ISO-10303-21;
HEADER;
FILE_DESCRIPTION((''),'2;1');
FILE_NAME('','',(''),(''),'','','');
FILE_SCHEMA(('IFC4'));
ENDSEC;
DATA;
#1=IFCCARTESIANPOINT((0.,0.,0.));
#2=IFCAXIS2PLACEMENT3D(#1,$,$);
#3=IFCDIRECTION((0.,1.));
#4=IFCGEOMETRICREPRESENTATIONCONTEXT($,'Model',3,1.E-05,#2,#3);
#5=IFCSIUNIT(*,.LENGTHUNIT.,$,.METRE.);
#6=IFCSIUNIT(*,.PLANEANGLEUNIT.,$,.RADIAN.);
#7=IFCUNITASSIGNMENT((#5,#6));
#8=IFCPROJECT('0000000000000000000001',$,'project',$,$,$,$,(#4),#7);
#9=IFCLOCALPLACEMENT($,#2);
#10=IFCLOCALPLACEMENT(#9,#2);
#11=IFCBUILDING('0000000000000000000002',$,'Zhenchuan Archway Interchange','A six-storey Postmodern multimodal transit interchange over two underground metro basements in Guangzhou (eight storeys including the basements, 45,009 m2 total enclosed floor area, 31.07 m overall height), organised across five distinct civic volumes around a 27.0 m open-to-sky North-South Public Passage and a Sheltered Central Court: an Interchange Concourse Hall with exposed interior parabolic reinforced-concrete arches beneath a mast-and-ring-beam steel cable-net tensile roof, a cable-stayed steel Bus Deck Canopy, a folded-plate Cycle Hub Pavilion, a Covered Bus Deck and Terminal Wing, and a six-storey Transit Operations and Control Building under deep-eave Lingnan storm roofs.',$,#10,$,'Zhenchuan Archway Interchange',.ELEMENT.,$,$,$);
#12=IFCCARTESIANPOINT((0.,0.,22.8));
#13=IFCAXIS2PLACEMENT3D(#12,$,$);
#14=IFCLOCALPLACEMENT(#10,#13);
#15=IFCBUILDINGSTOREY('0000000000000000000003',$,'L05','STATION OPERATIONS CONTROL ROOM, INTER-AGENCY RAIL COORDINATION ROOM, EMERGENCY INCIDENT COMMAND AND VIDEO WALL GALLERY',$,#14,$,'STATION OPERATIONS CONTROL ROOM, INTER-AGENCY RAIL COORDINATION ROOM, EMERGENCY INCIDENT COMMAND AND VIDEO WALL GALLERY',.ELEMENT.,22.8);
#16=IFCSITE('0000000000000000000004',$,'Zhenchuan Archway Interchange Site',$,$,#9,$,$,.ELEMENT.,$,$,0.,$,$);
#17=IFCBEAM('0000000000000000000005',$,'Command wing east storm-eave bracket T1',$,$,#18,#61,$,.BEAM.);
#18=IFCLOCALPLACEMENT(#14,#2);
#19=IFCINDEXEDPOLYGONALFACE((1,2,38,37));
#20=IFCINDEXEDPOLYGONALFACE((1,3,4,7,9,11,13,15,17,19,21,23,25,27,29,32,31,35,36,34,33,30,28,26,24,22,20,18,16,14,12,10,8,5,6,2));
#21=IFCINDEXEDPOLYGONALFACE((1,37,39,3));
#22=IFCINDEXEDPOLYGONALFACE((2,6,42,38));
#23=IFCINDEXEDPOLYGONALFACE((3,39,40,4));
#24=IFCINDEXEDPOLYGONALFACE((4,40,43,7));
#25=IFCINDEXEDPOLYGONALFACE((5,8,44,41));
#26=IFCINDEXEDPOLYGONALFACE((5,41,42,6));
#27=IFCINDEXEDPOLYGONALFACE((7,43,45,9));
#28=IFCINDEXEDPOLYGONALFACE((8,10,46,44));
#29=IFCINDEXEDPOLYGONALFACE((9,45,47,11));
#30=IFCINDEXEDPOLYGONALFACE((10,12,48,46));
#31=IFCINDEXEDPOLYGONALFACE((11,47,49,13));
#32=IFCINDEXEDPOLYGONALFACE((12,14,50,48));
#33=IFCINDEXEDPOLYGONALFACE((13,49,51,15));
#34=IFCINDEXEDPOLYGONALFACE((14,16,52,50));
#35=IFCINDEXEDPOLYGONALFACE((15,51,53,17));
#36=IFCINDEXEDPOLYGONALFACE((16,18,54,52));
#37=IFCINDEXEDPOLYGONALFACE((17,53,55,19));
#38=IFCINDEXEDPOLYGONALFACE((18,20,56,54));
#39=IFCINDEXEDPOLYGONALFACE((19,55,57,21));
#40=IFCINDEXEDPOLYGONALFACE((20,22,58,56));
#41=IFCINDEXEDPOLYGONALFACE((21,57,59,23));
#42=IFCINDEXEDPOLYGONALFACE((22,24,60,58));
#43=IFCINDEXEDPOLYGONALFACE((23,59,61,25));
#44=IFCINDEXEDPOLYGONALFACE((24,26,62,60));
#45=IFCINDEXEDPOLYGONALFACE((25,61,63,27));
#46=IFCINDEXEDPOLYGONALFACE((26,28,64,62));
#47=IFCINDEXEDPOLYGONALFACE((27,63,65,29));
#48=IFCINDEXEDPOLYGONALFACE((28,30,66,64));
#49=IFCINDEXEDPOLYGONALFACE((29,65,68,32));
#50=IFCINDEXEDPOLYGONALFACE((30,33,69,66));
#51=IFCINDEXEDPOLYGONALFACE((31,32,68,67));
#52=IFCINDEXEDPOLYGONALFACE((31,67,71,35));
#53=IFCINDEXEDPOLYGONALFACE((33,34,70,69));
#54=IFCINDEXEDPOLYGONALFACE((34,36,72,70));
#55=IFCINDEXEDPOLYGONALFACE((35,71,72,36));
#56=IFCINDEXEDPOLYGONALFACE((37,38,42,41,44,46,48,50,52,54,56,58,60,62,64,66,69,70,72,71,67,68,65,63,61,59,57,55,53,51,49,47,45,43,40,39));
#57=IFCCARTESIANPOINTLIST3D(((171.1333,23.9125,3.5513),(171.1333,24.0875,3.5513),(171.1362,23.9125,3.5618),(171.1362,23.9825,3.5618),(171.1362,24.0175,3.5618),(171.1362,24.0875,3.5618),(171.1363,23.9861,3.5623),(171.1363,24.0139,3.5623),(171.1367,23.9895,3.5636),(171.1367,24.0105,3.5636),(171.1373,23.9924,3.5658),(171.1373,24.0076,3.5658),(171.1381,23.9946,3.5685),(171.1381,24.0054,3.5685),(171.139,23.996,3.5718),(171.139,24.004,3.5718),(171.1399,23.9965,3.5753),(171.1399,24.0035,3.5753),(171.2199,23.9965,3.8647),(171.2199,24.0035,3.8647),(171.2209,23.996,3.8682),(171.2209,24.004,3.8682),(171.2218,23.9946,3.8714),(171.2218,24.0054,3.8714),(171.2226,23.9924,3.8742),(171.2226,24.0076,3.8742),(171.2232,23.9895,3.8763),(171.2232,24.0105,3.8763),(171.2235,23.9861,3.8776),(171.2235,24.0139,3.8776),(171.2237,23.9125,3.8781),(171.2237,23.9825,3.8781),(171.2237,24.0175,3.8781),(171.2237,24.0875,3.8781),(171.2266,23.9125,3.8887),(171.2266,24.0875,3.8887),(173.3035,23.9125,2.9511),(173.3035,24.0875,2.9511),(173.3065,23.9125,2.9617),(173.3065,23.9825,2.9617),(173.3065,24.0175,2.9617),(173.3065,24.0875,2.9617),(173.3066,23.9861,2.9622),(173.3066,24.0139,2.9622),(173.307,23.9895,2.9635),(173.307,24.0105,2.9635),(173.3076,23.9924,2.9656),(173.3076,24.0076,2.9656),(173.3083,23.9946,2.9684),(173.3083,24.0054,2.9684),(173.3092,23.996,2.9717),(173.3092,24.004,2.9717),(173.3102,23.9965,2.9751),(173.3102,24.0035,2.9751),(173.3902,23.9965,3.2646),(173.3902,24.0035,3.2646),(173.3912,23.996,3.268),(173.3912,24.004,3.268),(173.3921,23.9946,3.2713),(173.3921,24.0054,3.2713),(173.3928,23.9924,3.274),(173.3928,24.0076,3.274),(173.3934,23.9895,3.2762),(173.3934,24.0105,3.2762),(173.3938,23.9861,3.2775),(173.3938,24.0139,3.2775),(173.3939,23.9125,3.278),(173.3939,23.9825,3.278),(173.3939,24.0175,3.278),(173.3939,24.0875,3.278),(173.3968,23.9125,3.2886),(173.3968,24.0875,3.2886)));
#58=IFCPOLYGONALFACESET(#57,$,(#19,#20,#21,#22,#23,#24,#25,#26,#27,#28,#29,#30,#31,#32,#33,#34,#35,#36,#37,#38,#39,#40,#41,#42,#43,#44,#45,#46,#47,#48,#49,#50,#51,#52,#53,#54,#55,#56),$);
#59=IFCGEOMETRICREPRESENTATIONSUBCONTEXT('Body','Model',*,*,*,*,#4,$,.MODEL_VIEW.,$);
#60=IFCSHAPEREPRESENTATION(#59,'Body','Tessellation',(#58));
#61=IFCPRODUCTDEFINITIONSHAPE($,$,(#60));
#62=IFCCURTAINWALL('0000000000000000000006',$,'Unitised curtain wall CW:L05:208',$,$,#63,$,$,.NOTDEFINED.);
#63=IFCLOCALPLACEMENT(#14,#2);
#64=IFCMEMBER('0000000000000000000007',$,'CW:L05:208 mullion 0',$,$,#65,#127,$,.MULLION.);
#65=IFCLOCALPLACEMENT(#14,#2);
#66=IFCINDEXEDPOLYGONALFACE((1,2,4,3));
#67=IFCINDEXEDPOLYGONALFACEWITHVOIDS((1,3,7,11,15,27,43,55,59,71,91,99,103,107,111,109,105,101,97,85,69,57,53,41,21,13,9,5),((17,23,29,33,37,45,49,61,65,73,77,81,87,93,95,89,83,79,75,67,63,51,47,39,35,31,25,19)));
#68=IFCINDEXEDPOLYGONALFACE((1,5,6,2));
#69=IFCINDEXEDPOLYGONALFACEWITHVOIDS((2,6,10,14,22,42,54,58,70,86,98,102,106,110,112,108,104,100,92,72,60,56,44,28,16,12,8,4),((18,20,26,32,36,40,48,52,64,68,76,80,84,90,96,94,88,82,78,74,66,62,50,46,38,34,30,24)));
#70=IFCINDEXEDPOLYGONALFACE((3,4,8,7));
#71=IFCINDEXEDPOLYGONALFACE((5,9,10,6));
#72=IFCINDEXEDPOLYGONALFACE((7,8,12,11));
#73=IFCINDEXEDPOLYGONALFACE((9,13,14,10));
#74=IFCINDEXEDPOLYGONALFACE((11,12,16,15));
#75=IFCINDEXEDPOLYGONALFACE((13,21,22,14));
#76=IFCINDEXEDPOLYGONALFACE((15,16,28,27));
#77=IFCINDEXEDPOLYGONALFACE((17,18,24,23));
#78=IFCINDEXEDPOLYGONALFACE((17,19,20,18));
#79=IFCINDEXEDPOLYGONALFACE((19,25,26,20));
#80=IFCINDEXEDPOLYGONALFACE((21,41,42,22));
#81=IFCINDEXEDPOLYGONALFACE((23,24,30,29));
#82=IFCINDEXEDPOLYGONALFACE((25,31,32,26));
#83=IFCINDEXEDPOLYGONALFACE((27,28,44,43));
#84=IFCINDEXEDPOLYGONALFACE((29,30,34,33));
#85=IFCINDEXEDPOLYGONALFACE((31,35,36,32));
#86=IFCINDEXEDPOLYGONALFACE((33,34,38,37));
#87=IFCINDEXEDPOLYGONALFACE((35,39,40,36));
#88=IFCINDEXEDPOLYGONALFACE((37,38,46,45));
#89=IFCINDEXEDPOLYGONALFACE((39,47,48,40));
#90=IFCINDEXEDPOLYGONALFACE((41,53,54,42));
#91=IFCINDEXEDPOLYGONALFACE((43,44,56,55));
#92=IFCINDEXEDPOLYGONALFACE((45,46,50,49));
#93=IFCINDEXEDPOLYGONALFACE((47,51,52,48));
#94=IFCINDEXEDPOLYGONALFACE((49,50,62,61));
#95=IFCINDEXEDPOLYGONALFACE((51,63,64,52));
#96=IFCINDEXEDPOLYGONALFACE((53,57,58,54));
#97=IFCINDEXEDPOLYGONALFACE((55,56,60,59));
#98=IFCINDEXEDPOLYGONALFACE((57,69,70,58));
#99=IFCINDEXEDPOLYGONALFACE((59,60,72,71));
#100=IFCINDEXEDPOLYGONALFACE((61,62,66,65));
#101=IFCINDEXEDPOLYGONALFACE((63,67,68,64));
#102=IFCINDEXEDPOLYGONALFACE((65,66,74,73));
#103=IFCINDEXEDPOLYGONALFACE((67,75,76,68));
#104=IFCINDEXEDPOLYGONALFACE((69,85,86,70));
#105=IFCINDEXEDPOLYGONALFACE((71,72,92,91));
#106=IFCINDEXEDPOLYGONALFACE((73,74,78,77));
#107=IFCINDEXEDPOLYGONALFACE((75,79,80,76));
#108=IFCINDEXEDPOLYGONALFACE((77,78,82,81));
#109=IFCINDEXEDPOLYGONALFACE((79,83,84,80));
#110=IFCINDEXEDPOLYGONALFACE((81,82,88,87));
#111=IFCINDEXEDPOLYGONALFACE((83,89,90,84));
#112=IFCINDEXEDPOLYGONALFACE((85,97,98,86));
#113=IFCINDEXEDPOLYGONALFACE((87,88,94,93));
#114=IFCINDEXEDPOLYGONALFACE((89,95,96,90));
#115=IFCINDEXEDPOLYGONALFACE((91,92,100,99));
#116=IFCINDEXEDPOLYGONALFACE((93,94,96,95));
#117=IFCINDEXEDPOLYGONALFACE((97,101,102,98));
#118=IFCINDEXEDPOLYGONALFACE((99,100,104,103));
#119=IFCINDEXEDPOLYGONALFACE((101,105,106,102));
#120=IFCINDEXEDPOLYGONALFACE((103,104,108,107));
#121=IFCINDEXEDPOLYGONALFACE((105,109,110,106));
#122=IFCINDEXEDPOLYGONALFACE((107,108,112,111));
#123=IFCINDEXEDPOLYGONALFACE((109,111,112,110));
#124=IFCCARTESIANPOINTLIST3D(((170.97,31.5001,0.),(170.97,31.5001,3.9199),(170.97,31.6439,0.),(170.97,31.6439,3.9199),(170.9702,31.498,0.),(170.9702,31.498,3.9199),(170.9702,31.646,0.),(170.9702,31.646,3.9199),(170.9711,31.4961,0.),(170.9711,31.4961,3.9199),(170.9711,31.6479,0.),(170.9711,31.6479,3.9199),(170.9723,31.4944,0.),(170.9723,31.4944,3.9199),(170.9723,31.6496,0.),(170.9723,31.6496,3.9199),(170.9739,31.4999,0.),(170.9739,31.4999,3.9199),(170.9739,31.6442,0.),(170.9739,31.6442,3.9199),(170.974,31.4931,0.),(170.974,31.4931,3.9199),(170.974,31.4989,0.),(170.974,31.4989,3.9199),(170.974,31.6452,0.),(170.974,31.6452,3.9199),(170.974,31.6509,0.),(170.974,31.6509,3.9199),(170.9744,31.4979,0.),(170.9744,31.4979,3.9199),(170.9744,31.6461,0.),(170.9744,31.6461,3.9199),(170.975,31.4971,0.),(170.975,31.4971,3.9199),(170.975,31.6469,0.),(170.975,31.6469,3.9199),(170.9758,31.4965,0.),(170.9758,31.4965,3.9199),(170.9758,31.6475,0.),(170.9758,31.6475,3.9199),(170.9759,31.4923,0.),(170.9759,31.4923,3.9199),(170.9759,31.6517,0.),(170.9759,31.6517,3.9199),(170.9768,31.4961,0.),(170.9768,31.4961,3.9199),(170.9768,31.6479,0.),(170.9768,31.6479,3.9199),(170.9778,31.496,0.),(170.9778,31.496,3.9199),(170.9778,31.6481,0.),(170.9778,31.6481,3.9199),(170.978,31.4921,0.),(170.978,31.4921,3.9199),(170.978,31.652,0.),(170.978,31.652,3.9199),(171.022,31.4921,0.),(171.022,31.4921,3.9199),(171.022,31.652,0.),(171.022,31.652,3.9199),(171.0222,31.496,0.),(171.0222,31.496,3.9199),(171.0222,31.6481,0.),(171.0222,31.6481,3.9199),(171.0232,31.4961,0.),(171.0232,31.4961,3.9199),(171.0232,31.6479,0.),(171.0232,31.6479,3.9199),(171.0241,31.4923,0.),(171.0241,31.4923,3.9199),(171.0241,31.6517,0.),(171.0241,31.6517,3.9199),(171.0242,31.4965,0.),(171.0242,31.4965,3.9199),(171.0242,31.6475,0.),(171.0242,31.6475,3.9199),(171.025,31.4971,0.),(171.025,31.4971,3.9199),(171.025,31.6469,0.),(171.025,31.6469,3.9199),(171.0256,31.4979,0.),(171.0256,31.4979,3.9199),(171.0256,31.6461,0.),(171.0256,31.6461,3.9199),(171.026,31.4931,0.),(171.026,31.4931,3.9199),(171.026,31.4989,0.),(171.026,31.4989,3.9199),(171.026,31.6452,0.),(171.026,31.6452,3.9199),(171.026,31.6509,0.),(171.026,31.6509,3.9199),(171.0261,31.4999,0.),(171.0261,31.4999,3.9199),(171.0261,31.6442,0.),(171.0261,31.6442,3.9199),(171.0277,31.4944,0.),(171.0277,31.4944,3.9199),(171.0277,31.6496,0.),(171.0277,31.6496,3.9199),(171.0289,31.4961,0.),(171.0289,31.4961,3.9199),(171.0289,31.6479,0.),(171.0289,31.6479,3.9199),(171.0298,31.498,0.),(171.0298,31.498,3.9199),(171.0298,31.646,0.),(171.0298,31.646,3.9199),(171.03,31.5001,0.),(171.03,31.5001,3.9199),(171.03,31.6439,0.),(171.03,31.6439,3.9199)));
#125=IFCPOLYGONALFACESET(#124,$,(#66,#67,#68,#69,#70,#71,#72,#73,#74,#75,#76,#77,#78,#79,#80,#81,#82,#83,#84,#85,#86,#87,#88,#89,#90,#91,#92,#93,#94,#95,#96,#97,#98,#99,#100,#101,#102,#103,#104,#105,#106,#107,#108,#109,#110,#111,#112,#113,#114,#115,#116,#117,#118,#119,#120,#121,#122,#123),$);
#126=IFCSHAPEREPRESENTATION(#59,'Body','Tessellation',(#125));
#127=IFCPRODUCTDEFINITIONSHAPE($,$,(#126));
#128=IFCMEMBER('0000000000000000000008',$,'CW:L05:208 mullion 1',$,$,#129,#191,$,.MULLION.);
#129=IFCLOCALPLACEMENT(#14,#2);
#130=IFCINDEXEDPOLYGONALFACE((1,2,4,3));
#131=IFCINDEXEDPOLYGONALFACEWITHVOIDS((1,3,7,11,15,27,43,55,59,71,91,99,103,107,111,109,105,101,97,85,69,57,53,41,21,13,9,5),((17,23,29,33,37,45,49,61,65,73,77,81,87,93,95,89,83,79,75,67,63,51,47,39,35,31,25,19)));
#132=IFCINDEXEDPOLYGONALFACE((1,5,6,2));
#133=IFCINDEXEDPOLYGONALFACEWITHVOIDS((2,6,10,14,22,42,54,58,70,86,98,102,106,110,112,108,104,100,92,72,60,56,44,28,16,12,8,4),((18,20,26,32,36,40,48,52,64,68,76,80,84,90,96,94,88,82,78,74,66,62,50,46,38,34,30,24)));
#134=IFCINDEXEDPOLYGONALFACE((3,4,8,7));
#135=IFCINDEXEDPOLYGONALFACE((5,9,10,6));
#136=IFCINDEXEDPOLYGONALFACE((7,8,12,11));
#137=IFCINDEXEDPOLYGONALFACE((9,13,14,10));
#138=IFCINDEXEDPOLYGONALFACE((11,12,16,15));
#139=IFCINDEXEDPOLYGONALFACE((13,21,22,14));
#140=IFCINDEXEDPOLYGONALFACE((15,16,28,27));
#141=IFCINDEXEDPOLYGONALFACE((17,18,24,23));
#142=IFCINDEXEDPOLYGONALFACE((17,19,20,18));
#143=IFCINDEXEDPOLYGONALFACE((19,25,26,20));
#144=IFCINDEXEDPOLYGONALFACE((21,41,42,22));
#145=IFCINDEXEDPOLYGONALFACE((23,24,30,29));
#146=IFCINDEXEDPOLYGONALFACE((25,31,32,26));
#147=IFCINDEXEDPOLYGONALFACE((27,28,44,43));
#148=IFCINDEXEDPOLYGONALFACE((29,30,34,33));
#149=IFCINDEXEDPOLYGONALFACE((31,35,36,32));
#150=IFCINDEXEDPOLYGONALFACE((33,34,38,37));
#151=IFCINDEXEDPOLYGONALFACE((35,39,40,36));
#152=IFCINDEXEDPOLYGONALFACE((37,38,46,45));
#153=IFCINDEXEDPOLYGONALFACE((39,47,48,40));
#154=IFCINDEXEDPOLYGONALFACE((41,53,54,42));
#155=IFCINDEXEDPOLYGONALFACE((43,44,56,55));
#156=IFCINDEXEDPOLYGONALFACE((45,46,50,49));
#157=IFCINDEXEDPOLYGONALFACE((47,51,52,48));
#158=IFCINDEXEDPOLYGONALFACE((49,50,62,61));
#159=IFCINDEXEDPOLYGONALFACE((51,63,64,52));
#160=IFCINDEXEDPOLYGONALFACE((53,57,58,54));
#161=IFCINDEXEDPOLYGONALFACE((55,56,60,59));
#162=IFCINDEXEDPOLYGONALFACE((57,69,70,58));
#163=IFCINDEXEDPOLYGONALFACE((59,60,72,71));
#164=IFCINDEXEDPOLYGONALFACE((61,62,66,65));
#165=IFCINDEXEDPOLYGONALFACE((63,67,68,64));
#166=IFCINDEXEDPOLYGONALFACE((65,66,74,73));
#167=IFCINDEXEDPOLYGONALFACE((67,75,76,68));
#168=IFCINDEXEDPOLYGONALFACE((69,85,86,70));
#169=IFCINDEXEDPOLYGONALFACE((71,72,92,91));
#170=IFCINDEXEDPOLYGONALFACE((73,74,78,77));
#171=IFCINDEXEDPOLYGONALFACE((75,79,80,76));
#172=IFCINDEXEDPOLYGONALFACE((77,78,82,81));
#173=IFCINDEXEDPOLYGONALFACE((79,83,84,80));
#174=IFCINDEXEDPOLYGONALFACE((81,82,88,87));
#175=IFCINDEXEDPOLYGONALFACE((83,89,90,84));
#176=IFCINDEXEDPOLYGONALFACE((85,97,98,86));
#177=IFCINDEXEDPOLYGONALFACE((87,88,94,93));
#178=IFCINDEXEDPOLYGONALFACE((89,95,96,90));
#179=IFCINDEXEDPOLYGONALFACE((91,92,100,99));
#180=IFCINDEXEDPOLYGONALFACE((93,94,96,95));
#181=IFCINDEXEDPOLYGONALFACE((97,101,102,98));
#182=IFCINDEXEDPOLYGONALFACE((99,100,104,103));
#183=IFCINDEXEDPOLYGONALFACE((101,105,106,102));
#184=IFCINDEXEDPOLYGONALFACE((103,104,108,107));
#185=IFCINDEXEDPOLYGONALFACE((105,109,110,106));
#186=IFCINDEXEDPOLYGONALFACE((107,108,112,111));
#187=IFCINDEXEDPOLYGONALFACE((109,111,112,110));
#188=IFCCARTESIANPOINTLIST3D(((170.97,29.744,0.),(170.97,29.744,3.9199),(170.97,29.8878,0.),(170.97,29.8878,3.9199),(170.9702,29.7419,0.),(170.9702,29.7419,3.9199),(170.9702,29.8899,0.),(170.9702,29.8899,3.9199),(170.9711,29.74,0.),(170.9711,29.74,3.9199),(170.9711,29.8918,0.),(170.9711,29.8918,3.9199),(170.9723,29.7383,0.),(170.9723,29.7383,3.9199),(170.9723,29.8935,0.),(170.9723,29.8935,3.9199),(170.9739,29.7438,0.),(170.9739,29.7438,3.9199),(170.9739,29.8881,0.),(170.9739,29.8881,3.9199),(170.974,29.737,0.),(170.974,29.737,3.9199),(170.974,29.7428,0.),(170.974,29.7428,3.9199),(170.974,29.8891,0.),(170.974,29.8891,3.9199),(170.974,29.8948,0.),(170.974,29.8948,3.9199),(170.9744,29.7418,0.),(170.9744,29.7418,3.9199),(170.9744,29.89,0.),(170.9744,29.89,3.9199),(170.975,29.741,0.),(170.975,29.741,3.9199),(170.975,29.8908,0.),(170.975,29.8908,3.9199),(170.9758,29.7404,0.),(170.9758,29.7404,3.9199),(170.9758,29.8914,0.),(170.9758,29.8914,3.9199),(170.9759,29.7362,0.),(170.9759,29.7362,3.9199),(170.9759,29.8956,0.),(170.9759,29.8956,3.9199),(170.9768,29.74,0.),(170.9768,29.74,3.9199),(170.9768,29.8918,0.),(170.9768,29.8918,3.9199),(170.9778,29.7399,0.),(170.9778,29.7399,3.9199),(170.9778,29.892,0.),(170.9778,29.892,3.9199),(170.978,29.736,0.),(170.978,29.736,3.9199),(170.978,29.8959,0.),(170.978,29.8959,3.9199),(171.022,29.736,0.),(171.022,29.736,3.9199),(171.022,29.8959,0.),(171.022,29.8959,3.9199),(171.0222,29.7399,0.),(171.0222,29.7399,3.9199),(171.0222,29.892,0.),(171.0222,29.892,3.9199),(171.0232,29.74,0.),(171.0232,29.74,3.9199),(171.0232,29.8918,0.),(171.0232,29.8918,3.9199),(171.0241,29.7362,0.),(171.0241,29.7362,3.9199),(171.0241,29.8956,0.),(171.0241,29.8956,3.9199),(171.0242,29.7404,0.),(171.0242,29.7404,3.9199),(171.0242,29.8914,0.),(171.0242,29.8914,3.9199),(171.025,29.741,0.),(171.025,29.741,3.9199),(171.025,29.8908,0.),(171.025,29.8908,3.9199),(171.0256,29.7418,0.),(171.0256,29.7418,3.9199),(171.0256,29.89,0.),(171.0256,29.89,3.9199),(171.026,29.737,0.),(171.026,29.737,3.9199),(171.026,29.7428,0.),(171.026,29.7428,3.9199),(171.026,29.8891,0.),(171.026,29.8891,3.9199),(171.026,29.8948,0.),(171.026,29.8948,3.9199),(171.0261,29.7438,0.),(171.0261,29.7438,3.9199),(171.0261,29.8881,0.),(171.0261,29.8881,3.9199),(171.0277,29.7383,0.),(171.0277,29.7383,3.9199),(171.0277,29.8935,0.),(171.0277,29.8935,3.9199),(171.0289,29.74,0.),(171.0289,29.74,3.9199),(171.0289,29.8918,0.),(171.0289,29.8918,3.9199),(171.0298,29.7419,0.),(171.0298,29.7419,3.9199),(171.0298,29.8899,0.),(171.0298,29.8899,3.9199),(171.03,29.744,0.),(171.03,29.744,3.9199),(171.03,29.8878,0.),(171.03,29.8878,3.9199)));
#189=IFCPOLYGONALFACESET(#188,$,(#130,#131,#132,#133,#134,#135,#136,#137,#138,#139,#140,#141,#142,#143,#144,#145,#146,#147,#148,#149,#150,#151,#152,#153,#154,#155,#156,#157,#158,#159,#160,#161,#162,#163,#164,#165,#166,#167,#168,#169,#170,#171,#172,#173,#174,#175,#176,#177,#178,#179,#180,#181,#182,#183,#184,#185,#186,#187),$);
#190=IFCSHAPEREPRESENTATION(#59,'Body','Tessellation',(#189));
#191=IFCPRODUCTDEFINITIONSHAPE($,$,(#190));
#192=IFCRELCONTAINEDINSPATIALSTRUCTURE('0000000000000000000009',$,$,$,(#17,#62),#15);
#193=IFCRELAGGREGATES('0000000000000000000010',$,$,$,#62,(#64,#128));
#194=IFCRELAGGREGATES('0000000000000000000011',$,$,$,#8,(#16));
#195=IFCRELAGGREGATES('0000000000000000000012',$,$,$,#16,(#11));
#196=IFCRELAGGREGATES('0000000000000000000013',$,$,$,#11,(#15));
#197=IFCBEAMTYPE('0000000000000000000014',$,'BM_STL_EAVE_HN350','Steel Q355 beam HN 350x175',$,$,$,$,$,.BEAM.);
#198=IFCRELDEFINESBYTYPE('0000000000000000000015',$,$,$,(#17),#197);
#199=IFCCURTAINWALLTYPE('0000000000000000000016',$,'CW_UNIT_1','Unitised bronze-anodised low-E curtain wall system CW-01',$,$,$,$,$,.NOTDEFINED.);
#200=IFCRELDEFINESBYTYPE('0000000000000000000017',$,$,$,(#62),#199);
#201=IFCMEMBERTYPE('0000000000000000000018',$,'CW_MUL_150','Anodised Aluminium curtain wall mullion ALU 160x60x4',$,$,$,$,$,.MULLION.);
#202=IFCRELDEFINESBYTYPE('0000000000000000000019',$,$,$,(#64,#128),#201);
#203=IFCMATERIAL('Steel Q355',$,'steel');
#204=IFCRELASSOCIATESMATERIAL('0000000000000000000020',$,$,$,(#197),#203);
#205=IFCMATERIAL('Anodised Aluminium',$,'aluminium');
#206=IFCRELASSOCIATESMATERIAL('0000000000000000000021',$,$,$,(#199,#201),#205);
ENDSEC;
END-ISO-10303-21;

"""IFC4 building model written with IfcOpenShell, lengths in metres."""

from ifc_helpers import new_model, si_unit, direction, frame, origin, origin_2d, place, context, subcontext, project, spatial, hollow_rectangle, i_section, extrude, material, material_profile, profile_set, type_object, element, aggregate, save


model = new_model("IFC4")

# Units and contexts
model_context = context("Model", 3, precision=1e-05, world=origin(), true_north=direction((0.0, 1.0)))
body_context = subcontext(model_context, "Body", "Model", "MODEL_VIEW")
ifc_project = project(units=[si_unit("LENGTHUNIT", "METRE"), si_unit("PLANEANGLEUNIT", "RADIAN")], contexts=[model_context])

# Site, building, storey
site_placement = place(None, origin())
site = spatial("IfcSite", under=ifc_project, at=site_placement, Name="Zhenchuan Archway Interchange Site", CompositionType="ELEMENT", RefElevation=0.0)
building_placement = place(site_placement, origin())
building = spatial("IfcBuilding", under=site, at=building_placement, Name="Zhenchuan Archway Interchange", Description="A six-storey Postmodern multimodal transit interchange over two underground metro basements in Guangzhou (eight storeys including the basements, 45,009 m2 total enclosed floor area, 31.07 m overall height), organised across five distinct civic volumes around a 27.0 m open-to-sky North-South Public Passage and a Sheltered Central Court: an Interchange Concourse Hall with exposed interior parabolic reinforced-concrete arches beneath a mast-and-ring-beam steel cable-net tensile roof, a cable-stayed steel Bus Deck Canopy, a folded-plate Cycle Hub Pavilion, a Covered Bus Deck and Terminal Wing, and a six-storey Transit Operations and Control Building under deep-eave Lingnan storm roofs.", LongName="Zhenchuan Archway Interchange", CompositionType="ELEMENT")
storey_placement = place(building_placement, frame((0.0, 0.0, 22.8)))
storey = spatial("IfcBuildingStorey", under=building, at=storey_placement, Name="L05", Description="STATION OPERATIONS CONTROL ROOM, INTER-AGENCY RAIL COORDINATION ROOM, EMERGENCY INCIDENT COMMAND AND VIDEO WALL GALLERY", LongName="STATION OPERATIONS CONTROL ROOM, INTER-AGENCY RAIL COORDINATION ROOM, EMERGENCY INCIDENT COMMAND AND VIDEO WALL GALLERY", CompositionType="ELEMENT", Elevation=22.8)

# Beam
ifc_material_1 = material(Name="Steel Q355", Category="steel")
ifc_material_profile_1 = material_profile(ifc_material_1, i_section(OverallWidth=0.175, OverallDepth=0.3501, WebThickness=0.0071, FlangeThickness=0.011, FilletRadius=0.0139, at=origin_2d()), Name="HN 350x175")
ifc_profile_set_1 = profile_set([ifc_material_profile_1], Name="Steel Q355")
beam_type = type_object("IfcBeamType", Name="BM_STL_EAVE_HN350", Description="Steel Q355 beam HN 350x175", PredefinedType="BEAM", material=ifc_profile_set_1)
beam_placement = place(storey_placement, frame((171.1799, 24.0, 3.72), z_axis=(0.963829, 0.0, -0.26652), x_axis=(0.0, 1.0, 0.0)))
element("IfcBeam", 1, at=beam_placement, inside=storey, type_object=beam_type, Name="Command wing east storm-eave bracket T1", PredefinedType="BEAM", context=body_context, shape_type="SweptSolid", body=[
    extrude(i_section(OverallWidth=0.175, OverallDepth=0.3501, WebThickness=0.0071, FlangeThickness=0.011, FilletRadius=0.0139, at=origin_2d()), origin(), (0.0, 0.0, 1.0), 2.2517),
])

# Curtain wall, members
ifc_material_2 = material(Name="Anodised Aluminium", Category="aluminium")
curtain_wall_type = type_object("IfcCurtainWallType", Name="CW_UNIT_1", Description="Unitised bronze-anodised low-E curtain wall system CW-01", PredefinedType="NOTDEFINED", material=ifc_material_2)
curtain_wall_placement = place(storey_placement, origin())
curtain_wall = element("IfcCurtainWall", 2, at=curtain_wall_placement, inside=storey, type_object=curtain_wall_type, Name="Unitised curtain wall CW:L05:208", PredefinedType="NOTDEFINED")
ifc_material_profile_2 = material_profile(ifc_material_2, hollow_rectangle(XDim=0.0601, YDim=0.1599, WallThickness=0.0039, InnerFilletRadius=0.0039, OuterFilletRadius=0.0081, at=origin_2d()), Name="ALU 160x60x4")
ifc_profile_set_2 = profile_set([ifc_material_profile_2], Name="Anodised Aluminium")
member_type_1 = type_object("IfcMemberType", Name="CW_MUL_150", Description="Anodised Aluminium curtain wall mullion ALU 160x60x4", PredefinedType="MULLION", material=ifc_profile_set_2)
member_1_placement = place(storey_placement, frame((171.0, 31.572, 0.0), z_axis=(0.0, 0.0, 1.0), x_axis=(1.0, 0.0, 0.0)))
member_1 = element("IfcMember", 3, at=member_1_placement, type_object=member_type_1, Name="CW:L05:208 mullion 0", PredefinedType="MULLION", context=body_context, shape_type="SweptSolid", body=[
    extrude(hollow_rectangle(XDim=0.0601, YDim=0.1599, WallThickness=0.0039, InnerFilletRadius=0.0039, OuterFilletRadius=0.0081, at=origin_2d()), origin(), (0.0, 0.0, 1.0), 3.9199),
])
member_2_placement = place(storey_placement, frame((171.0, 29.8159, 0.0), z_axis=(0.0, 0.0, 1.0), x_axis=(1.0, 0.0, 0.0)))
member_2 = element("IfcMember", 4, at=member_2_placement, type_object=member_type_1, Name="CW:L05:208 mullion 1", PredefinedType="MULLION", context=body_context, shape_type="SweptSolid", body=[
    extrude(hollow_rectangle(XDim=0.0601, YDim=0.1599, WallThickness=0.0039, InnerFilletRadius=0.0039, OuterFilletRadius=0.0081, at=origin_2d()), origin(), (0.0, 0.0, 1.0), 3.9199),
])
aggregate(curtain_wall, [member_1, member_2])

save(model, "model.ifc")
